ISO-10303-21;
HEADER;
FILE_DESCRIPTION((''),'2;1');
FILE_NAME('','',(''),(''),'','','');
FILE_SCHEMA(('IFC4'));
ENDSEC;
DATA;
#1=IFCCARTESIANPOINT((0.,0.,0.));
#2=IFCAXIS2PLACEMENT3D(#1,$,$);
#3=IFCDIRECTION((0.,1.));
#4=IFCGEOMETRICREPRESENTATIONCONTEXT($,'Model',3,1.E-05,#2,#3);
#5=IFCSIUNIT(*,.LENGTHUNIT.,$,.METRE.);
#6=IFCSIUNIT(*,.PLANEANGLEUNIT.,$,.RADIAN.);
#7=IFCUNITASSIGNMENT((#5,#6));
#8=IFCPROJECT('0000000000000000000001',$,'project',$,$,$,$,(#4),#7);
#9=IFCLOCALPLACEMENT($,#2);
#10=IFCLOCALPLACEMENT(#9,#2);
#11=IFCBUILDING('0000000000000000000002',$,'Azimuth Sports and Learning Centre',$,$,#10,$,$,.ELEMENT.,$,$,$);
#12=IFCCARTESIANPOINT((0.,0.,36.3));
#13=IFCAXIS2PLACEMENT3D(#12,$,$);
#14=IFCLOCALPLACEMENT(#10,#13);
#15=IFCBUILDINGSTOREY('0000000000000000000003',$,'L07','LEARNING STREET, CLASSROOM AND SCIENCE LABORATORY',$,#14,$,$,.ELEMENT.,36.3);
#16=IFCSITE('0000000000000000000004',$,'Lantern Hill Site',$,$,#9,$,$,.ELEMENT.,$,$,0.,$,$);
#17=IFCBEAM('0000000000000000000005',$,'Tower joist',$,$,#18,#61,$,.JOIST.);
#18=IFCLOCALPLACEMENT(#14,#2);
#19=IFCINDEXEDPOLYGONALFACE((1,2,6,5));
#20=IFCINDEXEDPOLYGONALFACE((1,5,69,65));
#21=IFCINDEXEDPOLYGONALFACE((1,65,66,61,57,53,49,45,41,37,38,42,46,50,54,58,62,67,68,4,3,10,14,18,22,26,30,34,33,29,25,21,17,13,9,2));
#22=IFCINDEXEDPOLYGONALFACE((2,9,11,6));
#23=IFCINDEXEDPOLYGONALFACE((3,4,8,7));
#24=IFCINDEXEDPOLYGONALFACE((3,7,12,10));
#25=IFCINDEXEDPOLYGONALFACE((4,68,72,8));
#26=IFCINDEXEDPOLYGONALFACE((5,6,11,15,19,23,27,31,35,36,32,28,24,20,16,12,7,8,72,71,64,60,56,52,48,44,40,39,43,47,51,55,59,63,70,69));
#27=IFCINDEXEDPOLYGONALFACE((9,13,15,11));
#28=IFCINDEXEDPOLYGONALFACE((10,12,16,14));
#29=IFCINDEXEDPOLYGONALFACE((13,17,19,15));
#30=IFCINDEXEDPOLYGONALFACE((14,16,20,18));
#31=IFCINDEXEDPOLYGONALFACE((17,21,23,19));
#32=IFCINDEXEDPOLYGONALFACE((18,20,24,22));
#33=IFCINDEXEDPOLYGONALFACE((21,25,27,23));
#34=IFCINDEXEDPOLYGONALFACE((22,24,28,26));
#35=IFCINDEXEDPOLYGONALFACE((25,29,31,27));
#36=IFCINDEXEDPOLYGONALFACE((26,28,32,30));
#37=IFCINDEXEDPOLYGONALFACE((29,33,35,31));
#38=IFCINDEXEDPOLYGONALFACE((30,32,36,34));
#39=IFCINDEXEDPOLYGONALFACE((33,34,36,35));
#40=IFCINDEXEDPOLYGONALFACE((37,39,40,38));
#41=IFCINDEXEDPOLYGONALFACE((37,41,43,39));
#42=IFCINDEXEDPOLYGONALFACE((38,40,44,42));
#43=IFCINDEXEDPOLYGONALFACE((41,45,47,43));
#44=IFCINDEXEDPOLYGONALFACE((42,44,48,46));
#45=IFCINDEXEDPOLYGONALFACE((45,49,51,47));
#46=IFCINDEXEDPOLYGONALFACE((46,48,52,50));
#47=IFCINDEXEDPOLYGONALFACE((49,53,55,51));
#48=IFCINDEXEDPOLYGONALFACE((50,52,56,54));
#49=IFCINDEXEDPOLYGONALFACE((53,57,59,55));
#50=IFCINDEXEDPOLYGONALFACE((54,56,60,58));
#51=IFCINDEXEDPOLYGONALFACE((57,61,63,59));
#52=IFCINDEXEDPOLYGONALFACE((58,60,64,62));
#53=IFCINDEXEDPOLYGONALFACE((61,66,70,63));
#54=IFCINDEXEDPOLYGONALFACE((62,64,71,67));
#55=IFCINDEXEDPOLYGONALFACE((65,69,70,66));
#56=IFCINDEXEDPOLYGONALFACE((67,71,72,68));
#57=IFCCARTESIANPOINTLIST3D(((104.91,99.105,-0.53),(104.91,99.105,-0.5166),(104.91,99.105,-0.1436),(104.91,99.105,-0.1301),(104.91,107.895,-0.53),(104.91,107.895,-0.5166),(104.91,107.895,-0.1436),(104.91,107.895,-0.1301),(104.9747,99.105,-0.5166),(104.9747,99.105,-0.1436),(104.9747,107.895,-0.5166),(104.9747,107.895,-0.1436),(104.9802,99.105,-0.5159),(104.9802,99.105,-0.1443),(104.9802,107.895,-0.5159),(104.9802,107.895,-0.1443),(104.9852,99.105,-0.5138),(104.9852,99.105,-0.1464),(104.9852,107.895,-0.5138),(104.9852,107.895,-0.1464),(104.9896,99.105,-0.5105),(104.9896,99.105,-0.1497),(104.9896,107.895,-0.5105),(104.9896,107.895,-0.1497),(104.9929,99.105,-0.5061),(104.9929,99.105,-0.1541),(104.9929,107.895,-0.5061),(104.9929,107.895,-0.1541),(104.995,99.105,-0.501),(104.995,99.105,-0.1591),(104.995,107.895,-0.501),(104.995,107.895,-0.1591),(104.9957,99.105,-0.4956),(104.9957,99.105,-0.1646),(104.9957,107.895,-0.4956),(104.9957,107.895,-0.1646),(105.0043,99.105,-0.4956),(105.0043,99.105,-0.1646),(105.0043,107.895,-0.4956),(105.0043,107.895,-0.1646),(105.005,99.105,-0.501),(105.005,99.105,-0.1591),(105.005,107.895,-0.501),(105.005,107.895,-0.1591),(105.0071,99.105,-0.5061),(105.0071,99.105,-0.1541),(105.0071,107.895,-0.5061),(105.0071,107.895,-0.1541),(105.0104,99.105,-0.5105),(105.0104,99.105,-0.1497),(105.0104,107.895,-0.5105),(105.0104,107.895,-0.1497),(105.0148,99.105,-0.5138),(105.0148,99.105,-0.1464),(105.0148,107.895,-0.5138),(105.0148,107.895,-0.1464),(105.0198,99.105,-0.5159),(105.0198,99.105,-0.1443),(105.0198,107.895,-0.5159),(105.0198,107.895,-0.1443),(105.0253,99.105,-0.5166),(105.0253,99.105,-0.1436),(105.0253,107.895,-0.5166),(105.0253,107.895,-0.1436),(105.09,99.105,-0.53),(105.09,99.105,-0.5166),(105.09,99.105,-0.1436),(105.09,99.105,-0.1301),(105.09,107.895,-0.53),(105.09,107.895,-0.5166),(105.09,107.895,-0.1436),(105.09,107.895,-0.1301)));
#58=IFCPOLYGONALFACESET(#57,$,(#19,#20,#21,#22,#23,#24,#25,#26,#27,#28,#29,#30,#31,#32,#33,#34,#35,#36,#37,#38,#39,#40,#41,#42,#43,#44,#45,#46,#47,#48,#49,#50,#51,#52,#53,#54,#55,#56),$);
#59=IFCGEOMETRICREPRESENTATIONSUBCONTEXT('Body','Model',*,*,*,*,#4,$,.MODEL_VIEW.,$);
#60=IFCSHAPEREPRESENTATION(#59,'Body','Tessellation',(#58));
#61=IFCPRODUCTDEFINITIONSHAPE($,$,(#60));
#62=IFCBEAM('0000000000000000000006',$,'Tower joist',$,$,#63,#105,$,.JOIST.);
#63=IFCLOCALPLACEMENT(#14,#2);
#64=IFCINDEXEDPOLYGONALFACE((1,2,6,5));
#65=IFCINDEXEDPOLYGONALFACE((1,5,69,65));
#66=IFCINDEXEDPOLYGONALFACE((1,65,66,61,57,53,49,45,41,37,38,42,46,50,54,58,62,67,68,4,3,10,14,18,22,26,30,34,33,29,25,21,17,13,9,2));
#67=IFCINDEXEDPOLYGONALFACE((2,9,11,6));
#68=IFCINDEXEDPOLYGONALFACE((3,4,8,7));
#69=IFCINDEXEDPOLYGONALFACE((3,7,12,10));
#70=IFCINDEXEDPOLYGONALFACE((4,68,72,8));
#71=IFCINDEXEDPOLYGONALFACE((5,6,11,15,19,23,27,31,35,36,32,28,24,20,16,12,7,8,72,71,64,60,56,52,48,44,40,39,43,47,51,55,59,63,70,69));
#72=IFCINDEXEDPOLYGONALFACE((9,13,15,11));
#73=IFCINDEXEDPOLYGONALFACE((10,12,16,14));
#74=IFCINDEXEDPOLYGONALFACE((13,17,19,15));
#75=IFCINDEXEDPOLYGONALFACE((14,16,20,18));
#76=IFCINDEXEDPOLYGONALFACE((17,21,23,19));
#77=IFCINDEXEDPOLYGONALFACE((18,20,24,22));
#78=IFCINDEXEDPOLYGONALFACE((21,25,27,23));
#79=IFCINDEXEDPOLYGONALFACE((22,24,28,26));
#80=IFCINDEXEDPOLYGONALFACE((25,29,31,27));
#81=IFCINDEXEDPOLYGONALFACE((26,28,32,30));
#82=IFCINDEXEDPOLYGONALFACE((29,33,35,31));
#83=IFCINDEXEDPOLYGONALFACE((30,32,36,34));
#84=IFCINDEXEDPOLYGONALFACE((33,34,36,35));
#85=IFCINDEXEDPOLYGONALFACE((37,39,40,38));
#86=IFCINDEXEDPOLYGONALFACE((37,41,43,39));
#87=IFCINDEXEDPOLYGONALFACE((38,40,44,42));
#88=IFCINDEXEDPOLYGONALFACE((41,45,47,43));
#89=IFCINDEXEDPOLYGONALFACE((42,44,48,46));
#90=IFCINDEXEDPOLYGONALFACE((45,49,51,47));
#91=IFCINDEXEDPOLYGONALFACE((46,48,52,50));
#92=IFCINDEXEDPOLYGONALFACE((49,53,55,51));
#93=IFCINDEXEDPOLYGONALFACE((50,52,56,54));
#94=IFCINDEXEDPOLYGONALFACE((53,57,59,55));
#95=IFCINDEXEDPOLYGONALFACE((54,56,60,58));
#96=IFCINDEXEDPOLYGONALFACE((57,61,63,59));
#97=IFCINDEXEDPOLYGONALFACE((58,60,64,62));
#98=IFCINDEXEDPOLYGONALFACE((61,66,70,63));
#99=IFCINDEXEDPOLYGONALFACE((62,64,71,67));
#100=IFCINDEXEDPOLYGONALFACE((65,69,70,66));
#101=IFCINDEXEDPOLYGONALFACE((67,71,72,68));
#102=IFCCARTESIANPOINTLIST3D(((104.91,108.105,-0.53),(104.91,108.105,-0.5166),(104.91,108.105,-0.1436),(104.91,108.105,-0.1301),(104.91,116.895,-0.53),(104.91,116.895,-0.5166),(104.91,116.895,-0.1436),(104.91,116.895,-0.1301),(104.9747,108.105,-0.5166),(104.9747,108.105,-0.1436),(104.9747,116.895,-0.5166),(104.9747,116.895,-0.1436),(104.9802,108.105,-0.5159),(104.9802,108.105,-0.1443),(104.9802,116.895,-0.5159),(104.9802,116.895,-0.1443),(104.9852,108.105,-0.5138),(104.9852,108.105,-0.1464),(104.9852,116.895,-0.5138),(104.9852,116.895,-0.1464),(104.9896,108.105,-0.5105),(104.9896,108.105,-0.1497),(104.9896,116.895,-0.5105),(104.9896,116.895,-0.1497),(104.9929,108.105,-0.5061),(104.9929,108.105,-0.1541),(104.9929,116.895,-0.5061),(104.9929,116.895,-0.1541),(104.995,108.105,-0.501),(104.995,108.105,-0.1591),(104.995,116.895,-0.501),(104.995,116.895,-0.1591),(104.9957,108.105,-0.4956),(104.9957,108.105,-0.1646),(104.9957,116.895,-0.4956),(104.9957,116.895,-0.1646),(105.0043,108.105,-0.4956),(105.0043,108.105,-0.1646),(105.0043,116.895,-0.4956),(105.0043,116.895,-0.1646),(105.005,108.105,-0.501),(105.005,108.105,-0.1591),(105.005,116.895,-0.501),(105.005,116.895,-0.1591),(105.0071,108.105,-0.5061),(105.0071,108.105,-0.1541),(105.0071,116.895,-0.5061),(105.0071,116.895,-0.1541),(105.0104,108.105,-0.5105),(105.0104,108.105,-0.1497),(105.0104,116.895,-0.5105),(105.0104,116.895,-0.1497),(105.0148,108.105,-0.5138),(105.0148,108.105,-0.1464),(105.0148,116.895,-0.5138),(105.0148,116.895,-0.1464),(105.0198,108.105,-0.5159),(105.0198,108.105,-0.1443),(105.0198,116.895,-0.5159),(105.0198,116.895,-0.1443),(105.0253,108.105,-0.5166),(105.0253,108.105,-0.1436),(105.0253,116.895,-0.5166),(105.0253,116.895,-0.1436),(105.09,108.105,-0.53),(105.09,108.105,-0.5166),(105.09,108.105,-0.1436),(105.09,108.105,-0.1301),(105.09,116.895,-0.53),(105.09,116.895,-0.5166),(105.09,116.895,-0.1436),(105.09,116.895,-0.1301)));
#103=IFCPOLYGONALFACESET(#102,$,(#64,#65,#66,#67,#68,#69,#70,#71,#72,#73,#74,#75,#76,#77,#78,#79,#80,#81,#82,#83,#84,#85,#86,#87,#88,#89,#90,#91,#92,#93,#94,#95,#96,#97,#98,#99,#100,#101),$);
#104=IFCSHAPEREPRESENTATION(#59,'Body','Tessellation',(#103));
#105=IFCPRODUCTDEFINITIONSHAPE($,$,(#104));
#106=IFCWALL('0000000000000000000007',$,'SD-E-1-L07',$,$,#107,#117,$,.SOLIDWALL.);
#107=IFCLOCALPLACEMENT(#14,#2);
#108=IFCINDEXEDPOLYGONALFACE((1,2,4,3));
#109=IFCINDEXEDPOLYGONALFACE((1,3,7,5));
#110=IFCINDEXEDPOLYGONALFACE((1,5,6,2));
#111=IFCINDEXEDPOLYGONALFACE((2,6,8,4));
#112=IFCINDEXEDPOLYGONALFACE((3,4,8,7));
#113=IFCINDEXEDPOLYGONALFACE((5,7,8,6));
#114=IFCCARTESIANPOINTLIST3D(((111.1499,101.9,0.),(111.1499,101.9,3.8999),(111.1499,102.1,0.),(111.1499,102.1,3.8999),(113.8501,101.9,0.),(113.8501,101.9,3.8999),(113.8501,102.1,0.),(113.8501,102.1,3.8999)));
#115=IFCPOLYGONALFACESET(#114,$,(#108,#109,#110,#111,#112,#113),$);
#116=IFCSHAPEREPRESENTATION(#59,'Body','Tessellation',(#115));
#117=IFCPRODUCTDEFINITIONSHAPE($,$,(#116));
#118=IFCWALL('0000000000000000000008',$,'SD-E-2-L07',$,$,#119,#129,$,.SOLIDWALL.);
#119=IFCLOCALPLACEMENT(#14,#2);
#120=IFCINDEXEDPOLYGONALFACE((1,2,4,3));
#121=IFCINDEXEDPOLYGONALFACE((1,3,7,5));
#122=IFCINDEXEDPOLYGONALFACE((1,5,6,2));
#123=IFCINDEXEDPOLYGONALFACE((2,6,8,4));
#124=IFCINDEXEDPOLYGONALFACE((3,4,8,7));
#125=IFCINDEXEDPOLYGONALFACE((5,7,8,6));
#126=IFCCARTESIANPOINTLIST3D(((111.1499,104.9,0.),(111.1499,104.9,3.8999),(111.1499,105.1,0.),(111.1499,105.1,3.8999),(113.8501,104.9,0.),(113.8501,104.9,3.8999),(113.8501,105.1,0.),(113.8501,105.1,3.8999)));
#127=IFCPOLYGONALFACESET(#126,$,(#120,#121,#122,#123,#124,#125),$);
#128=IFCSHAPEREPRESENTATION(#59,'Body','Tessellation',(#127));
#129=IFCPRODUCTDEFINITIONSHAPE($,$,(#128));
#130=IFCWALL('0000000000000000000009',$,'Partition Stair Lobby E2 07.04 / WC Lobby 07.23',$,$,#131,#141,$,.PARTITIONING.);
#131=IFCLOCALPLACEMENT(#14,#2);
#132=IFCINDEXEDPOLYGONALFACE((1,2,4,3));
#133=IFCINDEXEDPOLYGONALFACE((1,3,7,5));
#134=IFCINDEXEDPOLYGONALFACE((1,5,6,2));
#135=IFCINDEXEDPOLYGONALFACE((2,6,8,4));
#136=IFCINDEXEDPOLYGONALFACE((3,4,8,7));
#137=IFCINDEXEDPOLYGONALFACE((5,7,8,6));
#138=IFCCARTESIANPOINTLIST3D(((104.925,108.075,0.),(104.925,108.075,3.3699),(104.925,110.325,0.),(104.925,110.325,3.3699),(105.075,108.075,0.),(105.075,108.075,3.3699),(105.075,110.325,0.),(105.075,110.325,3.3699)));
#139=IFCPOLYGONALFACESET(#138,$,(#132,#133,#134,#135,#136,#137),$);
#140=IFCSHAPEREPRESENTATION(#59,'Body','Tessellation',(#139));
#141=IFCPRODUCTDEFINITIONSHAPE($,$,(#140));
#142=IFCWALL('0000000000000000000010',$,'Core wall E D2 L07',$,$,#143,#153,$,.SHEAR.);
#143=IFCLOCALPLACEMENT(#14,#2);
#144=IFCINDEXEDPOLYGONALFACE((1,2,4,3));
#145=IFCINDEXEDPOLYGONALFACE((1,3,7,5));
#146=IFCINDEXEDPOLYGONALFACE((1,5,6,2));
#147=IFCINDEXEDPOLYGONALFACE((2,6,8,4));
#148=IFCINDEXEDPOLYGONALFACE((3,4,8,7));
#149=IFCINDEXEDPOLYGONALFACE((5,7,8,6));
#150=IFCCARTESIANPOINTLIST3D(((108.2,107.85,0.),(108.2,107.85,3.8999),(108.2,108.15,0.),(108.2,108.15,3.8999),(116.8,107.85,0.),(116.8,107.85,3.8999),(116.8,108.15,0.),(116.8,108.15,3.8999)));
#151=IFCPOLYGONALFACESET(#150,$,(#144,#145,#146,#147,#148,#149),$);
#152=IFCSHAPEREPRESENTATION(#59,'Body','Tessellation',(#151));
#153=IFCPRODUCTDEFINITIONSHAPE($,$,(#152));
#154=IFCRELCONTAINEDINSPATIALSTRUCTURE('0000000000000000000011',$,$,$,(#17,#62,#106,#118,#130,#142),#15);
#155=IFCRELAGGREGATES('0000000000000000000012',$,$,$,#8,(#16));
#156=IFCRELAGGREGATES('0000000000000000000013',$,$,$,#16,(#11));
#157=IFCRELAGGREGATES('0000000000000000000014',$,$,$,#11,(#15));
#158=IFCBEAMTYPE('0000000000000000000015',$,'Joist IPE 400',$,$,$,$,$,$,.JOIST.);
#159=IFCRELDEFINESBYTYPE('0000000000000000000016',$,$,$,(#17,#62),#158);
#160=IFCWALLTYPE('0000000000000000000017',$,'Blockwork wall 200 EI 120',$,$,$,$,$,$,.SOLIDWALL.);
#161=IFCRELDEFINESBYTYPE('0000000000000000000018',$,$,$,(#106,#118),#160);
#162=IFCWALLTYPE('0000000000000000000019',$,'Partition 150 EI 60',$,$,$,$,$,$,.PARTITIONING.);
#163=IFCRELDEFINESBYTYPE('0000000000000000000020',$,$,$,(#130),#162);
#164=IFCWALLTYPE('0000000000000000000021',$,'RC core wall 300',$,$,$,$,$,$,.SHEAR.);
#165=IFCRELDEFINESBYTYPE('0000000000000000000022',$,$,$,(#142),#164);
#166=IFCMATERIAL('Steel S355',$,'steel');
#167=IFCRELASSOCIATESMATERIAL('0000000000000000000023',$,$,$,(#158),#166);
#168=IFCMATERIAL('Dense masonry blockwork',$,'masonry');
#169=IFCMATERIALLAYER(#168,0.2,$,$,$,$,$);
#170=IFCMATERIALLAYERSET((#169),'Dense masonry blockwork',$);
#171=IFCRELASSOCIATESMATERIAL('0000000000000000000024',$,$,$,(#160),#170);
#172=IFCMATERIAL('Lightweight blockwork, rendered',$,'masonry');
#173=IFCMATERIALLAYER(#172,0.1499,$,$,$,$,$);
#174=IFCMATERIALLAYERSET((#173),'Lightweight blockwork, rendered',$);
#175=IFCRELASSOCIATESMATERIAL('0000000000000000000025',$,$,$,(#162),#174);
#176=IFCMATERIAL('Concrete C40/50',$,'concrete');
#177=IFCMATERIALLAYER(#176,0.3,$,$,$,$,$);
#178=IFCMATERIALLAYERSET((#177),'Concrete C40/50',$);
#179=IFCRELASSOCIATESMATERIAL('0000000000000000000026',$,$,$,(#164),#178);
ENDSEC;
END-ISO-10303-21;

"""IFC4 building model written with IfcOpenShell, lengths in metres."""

from ifc_helpers import new_model, si_unit, direction, frame, frame_2d, origin, origin_2d, place, context, subcontext, project, spatial, rectangle, i_section, extrude, material, layer, layer_set, material_profile, profile_set, type_object, element, save


model = new_model("IFC4")

# Units and contexts
model_context = context("Model", 3, precision=1e-05, world=origin(), true_north=direction((0.0, 1.0)))
body_context = subcontext(model_context, "Body", "Model", "MODEL_VIEW")
ifc_project = project(units=[si_unit("LENGTHUNIT", "METRE"), si_unit("PLANEANGLEUNIT", "RADIAN")], contexts=[model_context])

# Site, building, storey
site_placement = place(None, origin())
site = spatial("IfcSite", under=ifc_project, at=site_placement, Name="Lantern Hill Site", CompositionType="ELEMENT", RefElevation=0.0)
building_placement = place(site_placement, origin())
building = spatial("IfcBuilding", under=site, at=building_placement, Name="Azimuth Sports and Learning Centre", CompositionType="ELEMENT")
storey_placement = place(building_placement, frame((0.0, 0.0, 36.3)))
storey = spatial("IfcBuildingStorey", under=building, at=storey_placement, Name="L07", Description="LEARNING STREET, CLASSROOM AND SCIENCE LABORATORY", CompositionType="ELEMENT", Elevation=36.3)

# Beams
ifc_material_1 = material(Name="Steel S355", Category="steel")
ifc_material_profile_1 = material_profile(ifc_material_1, i_section(OverallWidth=0.1799, OverallDepth=0.3999, WebThickness=0.0085, FlangeThickness=0.0134, FilletRadius=0.021, at=origin_2d()), Name="IPE 400")
ifc_profile_set_1 = profile_set([ifc_material_profile_1], Name="Steel S355")
beam_type_1 = type_object("IfcBeamType", Name="Joist IPE 400", PredefinedType="JOIST", material=ifc_profile_set_1)
for number, where, z_axis, x_axis, name in (
    (1, (105.0, 99.105, -0.3301), (0.0, 1.0, 0.0), (-1.0, 0.0, 0.0), "Tower joist"),
    (2, (105.0, 108.105, -0.3301), (0.0, 1.0, 0.0), (-1.0, 0.0, 0.0), "Tower joist"),
):
    element("IfcBeam", number, at=place(storey_placement, frame(where, z_axis=z_axis, x_axis=x_axis)), inside=storey, type_object=beam_type_1, Name=name, PredefinedType="JOIST", context=body_context, shape_type="SweptSolid", body=[
        extrude(i_section(OverallWidth=0.1799, OverallDepth=0.3999, WebThickness=0.0085, FlangeThickness=0.0134, FilletRadius=0.021, at=origin_2d()), origin(), (0.0, 0.0, 1.0), 8.79),
    ])

# Walls
ifc_material_2 = material(Name="Dense masonry blockwork", Category="masonry")
ifc_layer_1 = layer(ifc_material_2, 0.2)
ifc_layer_set_1 = layer_set([ifc_layer_1], Name="Dense masonry blockwork")
wall_type_1 = type_object("IfcWallType", Name="Blockwork wall 200 EI 120", PredefinedType="SOLIDWALL", material=ifc_layer_set_1)
for number, where, z_axis, x_axis, name in (
    (3, (111.1499, 102.0, 0.0), (0.0, 0.0, 1.0), (1.0, 0.0, 0.0), "SD-E-1-L07"),
    (4, (111.1499, 105.0, 0.0), (0.0, 0.0, 1.0), (1.0, 0.0, 0.0), "SD-E-2-L07"),
):
    element("IfcWall", number, at=place(storey_placement, frame(where, z_axis=z_axis, x_axis=x_axis)), inside=storey, type_object=wall_type_1, Name=name, PredefinedType="SOLIDWALL", context=body_context, shape_type="SweptSolid", body=[
        extrude(rectangle(XDim=2.7002, YDim=0.2, at=frame_2d((1.3501, 0.0))), origin(), (0.0, 0.0, 1.0), 3.8999),
    ])
ifc_material_3 = material(Name="Lightweight blockwork, rendered", Category="masonry")
ifc_layer_2 = layer(ifc_material_3, 0.1499)
ifc_layer_set_2 = layer_set([ifc_layer_2], Name="Lightweight blockwork, rendered")
wall_type_2 = type_object("IfcWallType", Name="Partition 150 EI 60", PredefinedType="PARTITIONING", material=ifc_layer_set_2)
wall_1_placement = place(storey_placement, frame((105.0, 108.075, 0.0), z_axis=(0.0, 0.0, 1.0), x_axis=(0.0, 1.0, 0.0)))
element("IfcWall", 5, at=wall_1_placement, inside=storey, type_object=wall_type_2, Name="Partition Stair Lobby E2 07.04 / WC Lobby 07.23", PredefinedType="PARTITIONING", context=body_context, shape_type="SweptSolid", body=[
    extrude(rectangle(XDim=2.25, YDim=0.1499, at=frame_2d((1.125, 0.0))), origin(), (0.0, 0.0, 1.0), 3.3699),
])
ifc_material_4 = material(Name="Concrete C40/50", Category="concrete")
ifc_layer_3 = layer(ifc_material_4, 0.3)
ifc_layer_set_3 = layer_set([ifc_layer_3], Name="Concrete C40/50")
wall_type_3 = type_object("IfcWallType", Name="RC core wall 300", PredefinedType="SHEAR", material=ifc_layer_set_3)
wall_2_placement = place(storey_placement, frame((108.2, 108.0, 0.0), z_axis=(0.0, 0.0, 1.0), x_axis=(1.0, 0.0, 0.0)))
element("IfcWall", 6, at=wall_2_placement, inside=storey, type_object=wall_type_3, Name="Core wall E D2 L07", PredefinedType="SHEAR", context=body_context, shape_type="SweptSolid", body=[
    extrude(rectangle(XDim=8.6001, YDim=0.3, at=frame_2d((4.3, 0.0))), origin(), (0.0, 0.0, 1.0), 3.8999),
])

save(model, "model.ifc")
